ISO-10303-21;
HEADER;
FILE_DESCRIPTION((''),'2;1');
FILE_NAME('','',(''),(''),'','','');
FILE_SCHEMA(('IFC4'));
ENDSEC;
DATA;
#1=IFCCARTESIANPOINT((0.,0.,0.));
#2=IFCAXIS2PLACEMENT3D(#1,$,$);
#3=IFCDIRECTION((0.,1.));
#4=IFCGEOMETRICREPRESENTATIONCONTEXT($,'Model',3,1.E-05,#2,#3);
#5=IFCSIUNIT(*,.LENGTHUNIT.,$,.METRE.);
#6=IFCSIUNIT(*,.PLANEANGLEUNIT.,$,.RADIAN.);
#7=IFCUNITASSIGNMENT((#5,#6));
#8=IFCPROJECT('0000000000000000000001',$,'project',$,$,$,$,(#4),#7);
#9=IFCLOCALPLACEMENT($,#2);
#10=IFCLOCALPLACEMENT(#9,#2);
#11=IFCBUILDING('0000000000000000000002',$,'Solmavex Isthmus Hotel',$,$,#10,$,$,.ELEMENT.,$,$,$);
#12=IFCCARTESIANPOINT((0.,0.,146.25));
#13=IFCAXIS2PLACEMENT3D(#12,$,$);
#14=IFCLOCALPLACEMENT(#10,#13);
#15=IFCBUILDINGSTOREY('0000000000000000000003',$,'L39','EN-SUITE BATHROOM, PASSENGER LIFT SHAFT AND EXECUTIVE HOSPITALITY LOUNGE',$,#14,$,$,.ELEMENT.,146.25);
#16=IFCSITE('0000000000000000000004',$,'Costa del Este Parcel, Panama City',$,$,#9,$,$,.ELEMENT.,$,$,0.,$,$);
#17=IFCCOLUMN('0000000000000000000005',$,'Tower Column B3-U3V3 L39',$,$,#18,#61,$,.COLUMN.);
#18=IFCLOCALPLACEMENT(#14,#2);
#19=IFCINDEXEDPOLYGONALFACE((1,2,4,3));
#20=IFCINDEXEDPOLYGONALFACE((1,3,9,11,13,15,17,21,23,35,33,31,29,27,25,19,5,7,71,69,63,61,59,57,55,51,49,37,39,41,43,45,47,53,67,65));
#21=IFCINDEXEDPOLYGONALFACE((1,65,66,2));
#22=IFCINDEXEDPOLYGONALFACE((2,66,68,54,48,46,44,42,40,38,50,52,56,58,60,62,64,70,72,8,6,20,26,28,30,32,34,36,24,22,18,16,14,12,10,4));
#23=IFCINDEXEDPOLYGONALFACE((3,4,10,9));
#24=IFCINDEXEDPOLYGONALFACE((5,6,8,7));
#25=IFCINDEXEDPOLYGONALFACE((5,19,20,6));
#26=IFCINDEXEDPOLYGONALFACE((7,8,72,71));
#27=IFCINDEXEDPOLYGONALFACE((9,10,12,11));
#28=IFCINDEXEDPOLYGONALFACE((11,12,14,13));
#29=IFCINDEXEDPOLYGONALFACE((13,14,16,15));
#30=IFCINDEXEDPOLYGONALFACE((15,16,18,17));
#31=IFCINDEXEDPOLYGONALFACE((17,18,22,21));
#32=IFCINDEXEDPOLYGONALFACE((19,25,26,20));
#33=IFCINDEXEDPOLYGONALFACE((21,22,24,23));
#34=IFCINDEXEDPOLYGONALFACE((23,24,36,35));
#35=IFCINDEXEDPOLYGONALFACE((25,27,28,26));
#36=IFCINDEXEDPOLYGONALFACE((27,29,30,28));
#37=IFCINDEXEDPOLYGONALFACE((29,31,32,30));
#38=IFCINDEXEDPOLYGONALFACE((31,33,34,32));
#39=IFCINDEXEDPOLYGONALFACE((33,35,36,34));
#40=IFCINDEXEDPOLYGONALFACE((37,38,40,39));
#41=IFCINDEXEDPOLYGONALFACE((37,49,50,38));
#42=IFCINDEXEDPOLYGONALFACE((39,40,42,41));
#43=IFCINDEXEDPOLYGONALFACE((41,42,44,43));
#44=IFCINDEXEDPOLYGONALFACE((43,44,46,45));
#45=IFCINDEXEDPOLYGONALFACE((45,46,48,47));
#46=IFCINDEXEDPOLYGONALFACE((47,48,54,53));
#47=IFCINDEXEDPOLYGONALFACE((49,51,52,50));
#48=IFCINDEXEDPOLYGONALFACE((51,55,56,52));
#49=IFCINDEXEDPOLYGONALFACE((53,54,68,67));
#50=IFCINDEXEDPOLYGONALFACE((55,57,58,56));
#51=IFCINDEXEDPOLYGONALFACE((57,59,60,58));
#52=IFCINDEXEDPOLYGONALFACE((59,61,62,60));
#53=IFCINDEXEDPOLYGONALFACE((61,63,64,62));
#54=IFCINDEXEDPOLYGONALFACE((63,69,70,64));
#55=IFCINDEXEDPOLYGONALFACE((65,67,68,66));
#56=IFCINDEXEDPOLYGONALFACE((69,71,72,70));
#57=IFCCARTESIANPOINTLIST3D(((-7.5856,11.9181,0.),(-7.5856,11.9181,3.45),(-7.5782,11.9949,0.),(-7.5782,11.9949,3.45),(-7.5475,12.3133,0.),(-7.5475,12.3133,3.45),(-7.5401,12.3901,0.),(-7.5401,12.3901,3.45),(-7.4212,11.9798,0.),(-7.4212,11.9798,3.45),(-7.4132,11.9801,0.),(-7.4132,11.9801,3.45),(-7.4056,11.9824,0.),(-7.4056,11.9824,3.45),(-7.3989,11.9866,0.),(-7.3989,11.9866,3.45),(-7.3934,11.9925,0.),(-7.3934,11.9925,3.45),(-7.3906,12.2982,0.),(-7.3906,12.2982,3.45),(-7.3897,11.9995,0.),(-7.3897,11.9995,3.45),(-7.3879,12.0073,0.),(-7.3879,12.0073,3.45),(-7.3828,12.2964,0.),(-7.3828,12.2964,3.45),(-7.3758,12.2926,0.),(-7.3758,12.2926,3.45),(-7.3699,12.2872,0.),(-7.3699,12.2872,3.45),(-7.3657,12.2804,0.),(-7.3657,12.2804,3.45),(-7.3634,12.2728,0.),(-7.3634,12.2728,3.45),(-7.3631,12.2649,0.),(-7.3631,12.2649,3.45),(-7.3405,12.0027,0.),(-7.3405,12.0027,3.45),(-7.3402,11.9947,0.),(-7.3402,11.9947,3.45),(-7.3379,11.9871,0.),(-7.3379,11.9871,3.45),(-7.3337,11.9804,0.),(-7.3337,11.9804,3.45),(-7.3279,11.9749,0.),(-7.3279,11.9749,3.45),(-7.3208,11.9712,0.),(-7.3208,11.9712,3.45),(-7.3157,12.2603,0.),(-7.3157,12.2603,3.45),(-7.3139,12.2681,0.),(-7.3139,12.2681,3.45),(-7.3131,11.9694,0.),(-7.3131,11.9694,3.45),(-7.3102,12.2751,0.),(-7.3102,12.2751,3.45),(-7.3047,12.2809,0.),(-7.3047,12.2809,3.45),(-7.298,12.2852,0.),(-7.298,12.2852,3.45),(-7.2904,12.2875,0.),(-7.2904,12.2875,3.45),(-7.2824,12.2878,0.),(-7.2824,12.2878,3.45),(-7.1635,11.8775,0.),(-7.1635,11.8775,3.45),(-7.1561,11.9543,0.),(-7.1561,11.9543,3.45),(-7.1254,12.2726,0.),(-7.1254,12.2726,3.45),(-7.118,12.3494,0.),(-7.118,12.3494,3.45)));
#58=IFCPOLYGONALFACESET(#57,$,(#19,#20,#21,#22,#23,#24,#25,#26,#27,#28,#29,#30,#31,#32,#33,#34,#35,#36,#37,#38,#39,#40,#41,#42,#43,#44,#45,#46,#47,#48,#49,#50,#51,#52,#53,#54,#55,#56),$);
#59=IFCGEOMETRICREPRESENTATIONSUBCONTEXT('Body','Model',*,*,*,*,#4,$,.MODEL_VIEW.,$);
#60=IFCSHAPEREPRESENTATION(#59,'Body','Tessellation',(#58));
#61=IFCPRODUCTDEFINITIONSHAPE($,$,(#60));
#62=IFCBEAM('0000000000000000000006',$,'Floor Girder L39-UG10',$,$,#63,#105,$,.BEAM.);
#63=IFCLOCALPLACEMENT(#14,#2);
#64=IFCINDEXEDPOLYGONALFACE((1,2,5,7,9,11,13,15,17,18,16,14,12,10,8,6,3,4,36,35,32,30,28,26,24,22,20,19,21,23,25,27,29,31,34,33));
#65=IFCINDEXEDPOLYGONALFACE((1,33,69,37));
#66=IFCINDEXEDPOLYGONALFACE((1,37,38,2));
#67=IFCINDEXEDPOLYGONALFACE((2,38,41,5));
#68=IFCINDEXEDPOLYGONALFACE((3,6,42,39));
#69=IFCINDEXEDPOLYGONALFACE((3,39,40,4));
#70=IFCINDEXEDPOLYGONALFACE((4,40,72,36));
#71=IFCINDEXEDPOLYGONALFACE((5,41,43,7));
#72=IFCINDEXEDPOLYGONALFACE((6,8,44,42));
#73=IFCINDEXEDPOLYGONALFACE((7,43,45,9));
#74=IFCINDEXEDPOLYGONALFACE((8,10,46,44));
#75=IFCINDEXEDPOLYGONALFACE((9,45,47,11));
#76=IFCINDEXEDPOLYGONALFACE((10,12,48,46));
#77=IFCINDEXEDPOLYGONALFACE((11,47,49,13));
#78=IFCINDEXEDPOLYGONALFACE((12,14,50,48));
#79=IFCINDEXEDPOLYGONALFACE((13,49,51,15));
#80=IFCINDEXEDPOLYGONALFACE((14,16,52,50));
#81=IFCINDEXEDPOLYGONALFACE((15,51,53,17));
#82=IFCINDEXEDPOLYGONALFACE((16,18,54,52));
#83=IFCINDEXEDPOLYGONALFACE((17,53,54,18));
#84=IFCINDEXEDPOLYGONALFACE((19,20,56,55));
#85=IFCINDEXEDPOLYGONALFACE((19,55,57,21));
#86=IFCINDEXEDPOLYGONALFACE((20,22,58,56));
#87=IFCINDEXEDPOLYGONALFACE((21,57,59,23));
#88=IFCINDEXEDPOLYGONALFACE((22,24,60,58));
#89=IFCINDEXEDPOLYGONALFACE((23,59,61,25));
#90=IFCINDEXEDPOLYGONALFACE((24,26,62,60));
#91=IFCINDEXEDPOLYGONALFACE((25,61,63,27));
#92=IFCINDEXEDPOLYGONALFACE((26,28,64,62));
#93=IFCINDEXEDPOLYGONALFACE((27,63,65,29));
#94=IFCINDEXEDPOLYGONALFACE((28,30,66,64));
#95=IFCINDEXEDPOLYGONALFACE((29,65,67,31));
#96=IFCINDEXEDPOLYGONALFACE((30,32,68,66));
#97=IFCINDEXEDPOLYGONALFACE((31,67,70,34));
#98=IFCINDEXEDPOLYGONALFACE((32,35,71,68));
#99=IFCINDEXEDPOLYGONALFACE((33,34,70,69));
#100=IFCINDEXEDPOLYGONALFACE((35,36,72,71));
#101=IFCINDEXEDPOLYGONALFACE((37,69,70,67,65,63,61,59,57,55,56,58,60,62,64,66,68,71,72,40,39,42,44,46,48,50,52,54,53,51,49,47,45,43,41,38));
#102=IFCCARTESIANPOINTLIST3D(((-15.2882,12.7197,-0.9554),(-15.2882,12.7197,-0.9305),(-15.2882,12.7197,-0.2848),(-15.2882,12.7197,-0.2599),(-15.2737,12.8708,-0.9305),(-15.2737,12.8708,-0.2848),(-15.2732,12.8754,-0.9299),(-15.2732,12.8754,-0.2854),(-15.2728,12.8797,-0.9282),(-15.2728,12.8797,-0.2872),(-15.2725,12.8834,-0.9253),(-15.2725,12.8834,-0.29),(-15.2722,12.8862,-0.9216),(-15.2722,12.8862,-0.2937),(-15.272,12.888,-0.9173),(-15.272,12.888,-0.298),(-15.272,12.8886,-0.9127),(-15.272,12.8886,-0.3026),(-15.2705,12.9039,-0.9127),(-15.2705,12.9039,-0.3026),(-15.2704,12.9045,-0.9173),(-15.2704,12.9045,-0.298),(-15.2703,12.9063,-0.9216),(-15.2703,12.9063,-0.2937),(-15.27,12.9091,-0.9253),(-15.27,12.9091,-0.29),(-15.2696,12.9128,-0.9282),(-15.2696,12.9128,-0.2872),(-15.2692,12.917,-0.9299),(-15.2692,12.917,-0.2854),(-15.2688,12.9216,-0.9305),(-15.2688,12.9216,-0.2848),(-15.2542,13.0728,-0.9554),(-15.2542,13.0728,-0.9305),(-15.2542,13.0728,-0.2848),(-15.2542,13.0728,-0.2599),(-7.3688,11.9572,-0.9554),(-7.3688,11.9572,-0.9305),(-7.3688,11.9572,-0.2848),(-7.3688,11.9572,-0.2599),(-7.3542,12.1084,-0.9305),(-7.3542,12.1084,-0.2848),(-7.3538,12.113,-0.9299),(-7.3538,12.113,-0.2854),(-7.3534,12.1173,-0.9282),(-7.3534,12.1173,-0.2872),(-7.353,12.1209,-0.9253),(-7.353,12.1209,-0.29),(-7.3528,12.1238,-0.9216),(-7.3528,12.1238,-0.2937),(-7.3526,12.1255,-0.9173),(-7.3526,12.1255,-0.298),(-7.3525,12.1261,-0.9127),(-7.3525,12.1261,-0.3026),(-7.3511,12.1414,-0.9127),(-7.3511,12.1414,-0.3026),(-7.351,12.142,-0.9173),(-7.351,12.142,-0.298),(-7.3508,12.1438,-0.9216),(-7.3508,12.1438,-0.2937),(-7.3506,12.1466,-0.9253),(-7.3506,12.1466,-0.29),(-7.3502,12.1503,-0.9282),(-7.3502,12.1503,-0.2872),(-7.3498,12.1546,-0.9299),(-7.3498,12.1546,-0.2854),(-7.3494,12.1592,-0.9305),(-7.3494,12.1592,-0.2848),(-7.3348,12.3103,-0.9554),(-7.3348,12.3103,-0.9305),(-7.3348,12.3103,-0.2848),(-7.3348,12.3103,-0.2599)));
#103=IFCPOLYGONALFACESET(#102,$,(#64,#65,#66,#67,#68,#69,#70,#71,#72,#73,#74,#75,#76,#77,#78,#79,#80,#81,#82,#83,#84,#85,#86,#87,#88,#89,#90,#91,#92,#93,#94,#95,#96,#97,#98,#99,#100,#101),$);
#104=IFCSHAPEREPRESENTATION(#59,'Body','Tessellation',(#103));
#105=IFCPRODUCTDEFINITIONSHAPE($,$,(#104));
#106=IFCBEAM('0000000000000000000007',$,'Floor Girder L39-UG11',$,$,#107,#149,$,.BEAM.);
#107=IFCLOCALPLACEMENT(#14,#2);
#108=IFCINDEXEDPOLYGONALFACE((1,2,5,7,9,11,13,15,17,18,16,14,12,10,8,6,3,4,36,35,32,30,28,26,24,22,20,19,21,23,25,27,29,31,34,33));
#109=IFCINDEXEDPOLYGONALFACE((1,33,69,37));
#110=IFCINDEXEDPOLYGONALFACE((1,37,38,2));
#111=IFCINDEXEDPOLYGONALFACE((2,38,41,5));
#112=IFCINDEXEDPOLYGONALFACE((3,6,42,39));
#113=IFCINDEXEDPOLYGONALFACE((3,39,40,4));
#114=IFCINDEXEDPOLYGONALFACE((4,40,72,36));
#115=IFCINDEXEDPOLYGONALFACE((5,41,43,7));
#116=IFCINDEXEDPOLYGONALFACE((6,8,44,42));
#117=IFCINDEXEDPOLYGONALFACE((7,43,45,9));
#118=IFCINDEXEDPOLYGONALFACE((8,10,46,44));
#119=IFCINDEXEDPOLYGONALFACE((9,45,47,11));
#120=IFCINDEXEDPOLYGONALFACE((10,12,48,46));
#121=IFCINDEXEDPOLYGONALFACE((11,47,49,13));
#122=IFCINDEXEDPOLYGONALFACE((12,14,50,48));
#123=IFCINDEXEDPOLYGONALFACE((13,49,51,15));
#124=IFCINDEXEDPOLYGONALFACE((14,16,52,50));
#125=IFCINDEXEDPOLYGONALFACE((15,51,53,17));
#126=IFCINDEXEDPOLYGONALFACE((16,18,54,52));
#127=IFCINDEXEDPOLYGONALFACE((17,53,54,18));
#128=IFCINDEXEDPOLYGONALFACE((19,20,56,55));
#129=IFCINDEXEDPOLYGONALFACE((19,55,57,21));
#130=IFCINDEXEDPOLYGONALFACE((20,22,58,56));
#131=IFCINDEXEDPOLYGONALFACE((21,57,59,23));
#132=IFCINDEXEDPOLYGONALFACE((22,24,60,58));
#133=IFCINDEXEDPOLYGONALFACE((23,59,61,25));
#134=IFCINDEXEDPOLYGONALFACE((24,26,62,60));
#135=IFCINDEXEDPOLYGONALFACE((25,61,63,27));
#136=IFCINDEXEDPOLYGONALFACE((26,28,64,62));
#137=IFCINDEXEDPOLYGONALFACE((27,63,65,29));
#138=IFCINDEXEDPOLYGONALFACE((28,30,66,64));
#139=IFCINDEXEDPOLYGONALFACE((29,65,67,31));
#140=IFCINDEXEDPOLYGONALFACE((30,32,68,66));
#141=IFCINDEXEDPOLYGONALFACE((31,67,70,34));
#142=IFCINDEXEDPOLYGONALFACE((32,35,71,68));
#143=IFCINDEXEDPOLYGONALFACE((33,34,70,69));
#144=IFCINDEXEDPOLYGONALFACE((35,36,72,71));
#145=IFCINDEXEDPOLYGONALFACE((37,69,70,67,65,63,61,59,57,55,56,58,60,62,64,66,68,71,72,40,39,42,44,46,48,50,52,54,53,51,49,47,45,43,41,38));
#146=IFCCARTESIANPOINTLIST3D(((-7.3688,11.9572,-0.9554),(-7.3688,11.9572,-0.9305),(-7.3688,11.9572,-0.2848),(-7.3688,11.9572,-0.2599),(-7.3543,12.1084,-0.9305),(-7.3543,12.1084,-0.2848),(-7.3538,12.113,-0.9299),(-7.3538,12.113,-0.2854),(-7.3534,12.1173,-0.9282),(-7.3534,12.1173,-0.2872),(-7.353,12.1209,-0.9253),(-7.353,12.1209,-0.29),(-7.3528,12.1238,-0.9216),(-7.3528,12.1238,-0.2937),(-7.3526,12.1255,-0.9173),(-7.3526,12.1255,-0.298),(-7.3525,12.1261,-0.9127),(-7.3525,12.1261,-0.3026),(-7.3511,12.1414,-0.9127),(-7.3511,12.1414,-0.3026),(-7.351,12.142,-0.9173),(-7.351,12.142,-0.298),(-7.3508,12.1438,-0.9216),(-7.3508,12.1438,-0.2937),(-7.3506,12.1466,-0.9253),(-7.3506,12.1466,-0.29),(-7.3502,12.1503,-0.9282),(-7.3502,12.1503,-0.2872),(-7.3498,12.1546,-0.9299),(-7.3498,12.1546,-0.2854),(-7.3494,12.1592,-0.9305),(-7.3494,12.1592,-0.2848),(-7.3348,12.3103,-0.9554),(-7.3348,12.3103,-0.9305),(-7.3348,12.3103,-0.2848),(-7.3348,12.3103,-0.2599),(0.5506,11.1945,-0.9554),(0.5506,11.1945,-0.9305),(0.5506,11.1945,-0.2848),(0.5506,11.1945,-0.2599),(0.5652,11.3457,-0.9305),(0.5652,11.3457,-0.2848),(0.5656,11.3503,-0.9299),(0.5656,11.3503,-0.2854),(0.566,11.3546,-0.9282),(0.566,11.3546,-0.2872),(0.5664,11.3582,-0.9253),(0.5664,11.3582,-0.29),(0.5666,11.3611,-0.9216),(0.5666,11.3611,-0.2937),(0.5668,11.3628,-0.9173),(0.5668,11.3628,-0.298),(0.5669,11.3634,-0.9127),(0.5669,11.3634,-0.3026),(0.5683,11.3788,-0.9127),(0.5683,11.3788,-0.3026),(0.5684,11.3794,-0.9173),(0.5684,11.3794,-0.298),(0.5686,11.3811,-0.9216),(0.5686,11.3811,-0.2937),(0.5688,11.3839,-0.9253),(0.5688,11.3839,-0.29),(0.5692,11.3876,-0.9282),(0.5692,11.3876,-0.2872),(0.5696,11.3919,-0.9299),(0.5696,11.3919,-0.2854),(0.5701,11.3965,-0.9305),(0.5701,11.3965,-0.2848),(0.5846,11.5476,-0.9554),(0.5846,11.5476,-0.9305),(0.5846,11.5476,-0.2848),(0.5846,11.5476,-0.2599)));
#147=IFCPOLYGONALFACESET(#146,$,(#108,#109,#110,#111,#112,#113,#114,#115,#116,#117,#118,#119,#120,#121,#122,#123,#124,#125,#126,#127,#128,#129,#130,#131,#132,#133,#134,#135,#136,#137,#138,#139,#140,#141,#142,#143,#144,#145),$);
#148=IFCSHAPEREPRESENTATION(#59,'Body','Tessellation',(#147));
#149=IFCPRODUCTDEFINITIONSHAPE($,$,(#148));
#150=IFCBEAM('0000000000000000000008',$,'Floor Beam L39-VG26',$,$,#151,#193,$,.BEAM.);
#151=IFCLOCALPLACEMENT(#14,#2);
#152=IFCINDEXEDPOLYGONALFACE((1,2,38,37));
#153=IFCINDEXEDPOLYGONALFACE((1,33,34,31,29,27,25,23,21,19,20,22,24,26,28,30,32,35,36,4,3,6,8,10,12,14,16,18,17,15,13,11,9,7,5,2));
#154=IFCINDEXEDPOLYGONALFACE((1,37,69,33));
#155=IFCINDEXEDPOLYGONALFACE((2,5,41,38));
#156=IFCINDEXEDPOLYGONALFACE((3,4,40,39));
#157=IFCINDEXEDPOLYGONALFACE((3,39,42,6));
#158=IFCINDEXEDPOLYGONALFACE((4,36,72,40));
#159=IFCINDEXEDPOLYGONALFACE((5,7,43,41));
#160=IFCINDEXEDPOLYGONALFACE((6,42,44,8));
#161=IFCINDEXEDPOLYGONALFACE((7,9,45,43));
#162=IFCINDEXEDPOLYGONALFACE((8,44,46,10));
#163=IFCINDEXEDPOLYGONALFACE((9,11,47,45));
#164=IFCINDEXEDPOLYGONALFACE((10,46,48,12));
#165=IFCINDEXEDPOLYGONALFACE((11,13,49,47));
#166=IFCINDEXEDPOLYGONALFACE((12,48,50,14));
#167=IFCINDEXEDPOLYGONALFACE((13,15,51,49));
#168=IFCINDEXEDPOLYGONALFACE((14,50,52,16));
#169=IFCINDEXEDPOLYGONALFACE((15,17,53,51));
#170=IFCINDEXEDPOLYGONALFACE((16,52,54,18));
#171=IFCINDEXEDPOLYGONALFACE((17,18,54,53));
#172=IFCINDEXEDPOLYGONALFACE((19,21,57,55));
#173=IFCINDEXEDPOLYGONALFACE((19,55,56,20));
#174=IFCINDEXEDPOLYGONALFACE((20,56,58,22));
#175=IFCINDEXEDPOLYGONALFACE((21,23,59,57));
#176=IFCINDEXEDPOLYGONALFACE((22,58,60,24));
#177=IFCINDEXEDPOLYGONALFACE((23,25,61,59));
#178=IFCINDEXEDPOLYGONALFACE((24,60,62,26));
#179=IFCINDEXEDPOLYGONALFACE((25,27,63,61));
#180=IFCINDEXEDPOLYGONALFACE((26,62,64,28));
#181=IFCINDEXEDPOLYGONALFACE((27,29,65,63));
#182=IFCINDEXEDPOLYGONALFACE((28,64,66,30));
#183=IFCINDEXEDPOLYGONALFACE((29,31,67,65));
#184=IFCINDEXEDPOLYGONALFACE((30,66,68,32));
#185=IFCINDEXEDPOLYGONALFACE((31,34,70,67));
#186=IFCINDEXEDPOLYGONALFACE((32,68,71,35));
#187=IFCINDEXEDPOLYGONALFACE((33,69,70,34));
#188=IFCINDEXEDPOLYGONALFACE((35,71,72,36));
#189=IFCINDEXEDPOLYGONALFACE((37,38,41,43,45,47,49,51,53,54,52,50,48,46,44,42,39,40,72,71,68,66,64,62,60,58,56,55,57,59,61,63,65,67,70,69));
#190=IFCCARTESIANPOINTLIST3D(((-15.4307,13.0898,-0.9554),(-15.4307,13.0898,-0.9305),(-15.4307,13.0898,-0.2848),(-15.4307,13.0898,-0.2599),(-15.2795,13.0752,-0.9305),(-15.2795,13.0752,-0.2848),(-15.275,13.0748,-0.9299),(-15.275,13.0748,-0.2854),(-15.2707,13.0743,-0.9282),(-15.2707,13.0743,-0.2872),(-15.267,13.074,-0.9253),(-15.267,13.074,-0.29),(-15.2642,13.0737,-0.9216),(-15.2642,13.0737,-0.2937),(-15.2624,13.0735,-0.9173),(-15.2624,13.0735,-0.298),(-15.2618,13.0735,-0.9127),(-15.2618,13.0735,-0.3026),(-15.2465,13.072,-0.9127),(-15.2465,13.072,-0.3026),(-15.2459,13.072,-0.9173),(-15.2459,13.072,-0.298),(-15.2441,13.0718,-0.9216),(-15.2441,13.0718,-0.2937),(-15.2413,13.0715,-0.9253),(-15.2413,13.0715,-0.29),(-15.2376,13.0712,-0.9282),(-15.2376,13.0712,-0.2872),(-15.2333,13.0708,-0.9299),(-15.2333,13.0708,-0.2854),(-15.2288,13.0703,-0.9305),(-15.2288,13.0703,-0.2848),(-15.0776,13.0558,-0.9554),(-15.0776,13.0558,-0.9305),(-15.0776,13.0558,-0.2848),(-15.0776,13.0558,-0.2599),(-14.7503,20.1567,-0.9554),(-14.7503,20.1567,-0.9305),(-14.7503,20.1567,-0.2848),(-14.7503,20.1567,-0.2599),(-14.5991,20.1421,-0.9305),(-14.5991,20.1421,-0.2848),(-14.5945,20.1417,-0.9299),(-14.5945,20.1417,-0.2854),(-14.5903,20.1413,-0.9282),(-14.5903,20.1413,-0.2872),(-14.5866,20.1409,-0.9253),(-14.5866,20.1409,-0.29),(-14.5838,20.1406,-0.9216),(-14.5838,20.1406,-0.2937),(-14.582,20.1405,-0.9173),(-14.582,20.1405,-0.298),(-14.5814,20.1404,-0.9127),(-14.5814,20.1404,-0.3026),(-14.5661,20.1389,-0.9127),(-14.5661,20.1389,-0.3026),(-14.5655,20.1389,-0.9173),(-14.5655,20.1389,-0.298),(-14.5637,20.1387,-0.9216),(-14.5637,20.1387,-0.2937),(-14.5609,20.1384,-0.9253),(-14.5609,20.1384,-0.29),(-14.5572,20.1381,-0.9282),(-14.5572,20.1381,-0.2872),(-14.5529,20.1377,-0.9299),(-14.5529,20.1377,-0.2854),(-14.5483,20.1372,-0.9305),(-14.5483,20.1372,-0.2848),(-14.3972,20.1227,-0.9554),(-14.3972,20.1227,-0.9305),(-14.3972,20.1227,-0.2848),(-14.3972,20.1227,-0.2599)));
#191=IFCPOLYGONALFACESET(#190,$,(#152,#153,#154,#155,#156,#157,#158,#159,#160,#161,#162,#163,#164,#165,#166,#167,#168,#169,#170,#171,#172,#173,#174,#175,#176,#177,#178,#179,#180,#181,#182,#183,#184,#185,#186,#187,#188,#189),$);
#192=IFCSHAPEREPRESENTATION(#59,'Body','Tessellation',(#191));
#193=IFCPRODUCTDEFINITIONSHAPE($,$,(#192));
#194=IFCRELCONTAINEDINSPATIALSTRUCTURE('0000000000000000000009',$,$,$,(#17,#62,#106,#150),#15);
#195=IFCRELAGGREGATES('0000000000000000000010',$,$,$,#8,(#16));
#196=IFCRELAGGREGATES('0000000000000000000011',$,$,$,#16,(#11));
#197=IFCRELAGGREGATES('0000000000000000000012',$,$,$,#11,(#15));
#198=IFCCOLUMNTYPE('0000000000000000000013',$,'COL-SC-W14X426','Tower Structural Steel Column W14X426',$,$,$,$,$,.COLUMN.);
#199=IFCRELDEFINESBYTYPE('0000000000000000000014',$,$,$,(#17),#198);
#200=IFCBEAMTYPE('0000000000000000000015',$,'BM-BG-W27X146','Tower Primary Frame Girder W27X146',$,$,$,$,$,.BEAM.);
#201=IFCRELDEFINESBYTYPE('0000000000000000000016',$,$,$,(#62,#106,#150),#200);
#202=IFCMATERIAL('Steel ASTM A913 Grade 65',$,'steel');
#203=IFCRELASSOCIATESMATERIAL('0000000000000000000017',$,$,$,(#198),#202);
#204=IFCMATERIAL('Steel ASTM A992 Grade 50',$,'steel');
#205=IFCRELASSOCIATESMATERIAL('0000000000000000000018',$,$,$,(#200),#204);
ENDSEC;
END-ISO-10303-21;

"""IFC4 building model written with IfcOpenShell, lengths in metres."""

from ifc_helpers import new_model, si_unit, direction, frame, origin, origin_2d, place, context, subcontext, project, spatial, i_section, extrude, material, material_profile, profile_set, type_object, element, save


model = new_model("IFC4")

# Units and contexts
model_context = context("Model", 3, precision=1e-05, world=origin(), true_north=direction((0.0, 1.0)))
body_context = subcontext(model_context, "Body", "Model", "MODEL_VIEW")
ifc_project = project(units=[si_unit("LENGTHUNIT", "METRE"), si_unit("PLANEANGLEUNIT", "RADIAN")], contexts=[model_context])

# Site, building, storey
site_placement = place(None, origin())
site = spatial("IfcSite", under=ifc_project, at=site_placement, Name="Costa del Este Parcel, Panama City", CompositionType="ELEMENT", RefElevation=0.0)
building_placement = place(site_placement, origin())
building = spatial("IfcBuilding", under=site, at=building_placement, Name="Solmavex Isthmus Hotel", CompositionType="ELEMENT")
storey_placement = place(building_placement, frame((0.0, 0.0, 146.25)))
storey = spatial("IfcBuildingStorey", under=building, at=storey_placement, Name="L39", Description="EN-SUITE BATHROOM, PASSENGER LIFT SHAFT AND EXECUTIVE HOSPITALITY LOUNGE", CompositionType="ELEMENT", Elevation=146.25)

# Column
ifc_material_1 = material(Name="Steel ASTM A913 Grade 65", Category="steel")
ifc_material_profile_1 = material_profile(ifc_material_1, i_section(OverallWidth=0.4241, OverallDepth=0.4741, WebThickness=0.0476, FlangeThickness=0.0771, FilletRadius=0.0305, at=origin_2d()), Name="W14X426")
ifc_profile_set_1 = profile_set([ifc_material_profile_1], Name="Steel ASTM A913 Grade 65")
column_type = type_object("IfcColumnType", Name="COL-SC-W14X426", Description="Tower Structural Steel Column W14X426", PredefinedType="COLUMN", material=ifc_profile_set_1)
column_placement = place(storey_placement, frame((-7.3518, 12.1338, 0.0), z_axis=(0.0, 0.0, 1.0), x_axis=(0.995396, -0.095846, 0.0)))
element("IfcColumn", 1, at=column_placement, inside=storey, type_object=column_type, Name="Tower Column B3-U3V3 L39", PredefinedType="COLUMN", context=body_context, shape_type="SweptSolid", body=[
    extrude(i_section(OverallWidth=0.4241, OverallDepth=0.4741, WebThickness=0.0476, FlangeThickness=0.0771, FilletRadius=0.0305, at=origin_2d()), origin(), (0.0, 0.0, 1.0), 3.45),
])

# Beams
ifc_material_2 = material(Name="Steel ASTM A992 Grade 50", Category="steel")
ifc_material_profile_2 = material_profile(ifc_material_2, i_section(OverallWidth=0.3547, OverallDepth=0.6956, WebThickness=0.0154, FlangeThickness=0.0249, FilletRadius=0.0178, at=origin_2d()), Name="W27X146")
ifc_profile_set_2 = profile_set([ifc_material_profile_2], Name="Steel ASTM A992 Grade 50")
beam_type_1 = type_object("IfcBeamType", Name="BM-BG-W27X146", Description="Tower Primary Frame Girder W27X146", PredefinedType="BEAM", material=ifc_profile_set_2)
for number, where, z_axis, x_axis, name in (
    (2, (-15.2712, 12.8962, -0.6077), (0.995397, -0.095833, 0.0), (0.095833, 0.995397, 0.0), "Floor Girder L39-UG10"),
    (3, (-7.3518, 12.1338, -0.6077), (0.995395, -0.095863, 0.0), (0.095863, 0.995395, 0.0), "Floor Girder L39-UG11"),
):
    element("IfcBeam", number, at=place(storey_placement, frame(where, z_axis=z_axis, x_axis=x_axis)), inside=storey, type_object=beam_type_1, Name=name, PredefinedType="BEAM", context=body_context, shape_type="SweptSolid", body=[
        extrude(i_section(OverallWidth=0.3547, OverallDepth=0.6956, WebThickness=0.0154, FlangeThickness=0.0249, FilletRadius=0.0178, at=origin_2d()), origin(), (0.0, 0.0, 1.0), 7.9561),
    ])
beam_1_placement = place(storey_placement, frame((-15.2542, 13.0728, -0.6077), z_axis=(0.09584, 0.995397, 0.0), x_axis=(-0.995397, 0.09584, 0.0)))
element("IfcBeam", 4, at=beam_1_placement, inside=storey, type_object=beam_type_1, Name="Floor Beam L39-VG26", PredefinedType="BEAM", context=body_context, shape_type="SweptSolid", body=[
    extrude(i_section(OverallWidth=0.3547, OverallDepth=0.6956, WebThickness=0.0154, FlangeThickness=0.0249, FilletRadius=0.0178, at=origin_2d()), origin(), (0.0, 0.0, 1.0), 7.0996),
])

save(model, "model.ifc")
